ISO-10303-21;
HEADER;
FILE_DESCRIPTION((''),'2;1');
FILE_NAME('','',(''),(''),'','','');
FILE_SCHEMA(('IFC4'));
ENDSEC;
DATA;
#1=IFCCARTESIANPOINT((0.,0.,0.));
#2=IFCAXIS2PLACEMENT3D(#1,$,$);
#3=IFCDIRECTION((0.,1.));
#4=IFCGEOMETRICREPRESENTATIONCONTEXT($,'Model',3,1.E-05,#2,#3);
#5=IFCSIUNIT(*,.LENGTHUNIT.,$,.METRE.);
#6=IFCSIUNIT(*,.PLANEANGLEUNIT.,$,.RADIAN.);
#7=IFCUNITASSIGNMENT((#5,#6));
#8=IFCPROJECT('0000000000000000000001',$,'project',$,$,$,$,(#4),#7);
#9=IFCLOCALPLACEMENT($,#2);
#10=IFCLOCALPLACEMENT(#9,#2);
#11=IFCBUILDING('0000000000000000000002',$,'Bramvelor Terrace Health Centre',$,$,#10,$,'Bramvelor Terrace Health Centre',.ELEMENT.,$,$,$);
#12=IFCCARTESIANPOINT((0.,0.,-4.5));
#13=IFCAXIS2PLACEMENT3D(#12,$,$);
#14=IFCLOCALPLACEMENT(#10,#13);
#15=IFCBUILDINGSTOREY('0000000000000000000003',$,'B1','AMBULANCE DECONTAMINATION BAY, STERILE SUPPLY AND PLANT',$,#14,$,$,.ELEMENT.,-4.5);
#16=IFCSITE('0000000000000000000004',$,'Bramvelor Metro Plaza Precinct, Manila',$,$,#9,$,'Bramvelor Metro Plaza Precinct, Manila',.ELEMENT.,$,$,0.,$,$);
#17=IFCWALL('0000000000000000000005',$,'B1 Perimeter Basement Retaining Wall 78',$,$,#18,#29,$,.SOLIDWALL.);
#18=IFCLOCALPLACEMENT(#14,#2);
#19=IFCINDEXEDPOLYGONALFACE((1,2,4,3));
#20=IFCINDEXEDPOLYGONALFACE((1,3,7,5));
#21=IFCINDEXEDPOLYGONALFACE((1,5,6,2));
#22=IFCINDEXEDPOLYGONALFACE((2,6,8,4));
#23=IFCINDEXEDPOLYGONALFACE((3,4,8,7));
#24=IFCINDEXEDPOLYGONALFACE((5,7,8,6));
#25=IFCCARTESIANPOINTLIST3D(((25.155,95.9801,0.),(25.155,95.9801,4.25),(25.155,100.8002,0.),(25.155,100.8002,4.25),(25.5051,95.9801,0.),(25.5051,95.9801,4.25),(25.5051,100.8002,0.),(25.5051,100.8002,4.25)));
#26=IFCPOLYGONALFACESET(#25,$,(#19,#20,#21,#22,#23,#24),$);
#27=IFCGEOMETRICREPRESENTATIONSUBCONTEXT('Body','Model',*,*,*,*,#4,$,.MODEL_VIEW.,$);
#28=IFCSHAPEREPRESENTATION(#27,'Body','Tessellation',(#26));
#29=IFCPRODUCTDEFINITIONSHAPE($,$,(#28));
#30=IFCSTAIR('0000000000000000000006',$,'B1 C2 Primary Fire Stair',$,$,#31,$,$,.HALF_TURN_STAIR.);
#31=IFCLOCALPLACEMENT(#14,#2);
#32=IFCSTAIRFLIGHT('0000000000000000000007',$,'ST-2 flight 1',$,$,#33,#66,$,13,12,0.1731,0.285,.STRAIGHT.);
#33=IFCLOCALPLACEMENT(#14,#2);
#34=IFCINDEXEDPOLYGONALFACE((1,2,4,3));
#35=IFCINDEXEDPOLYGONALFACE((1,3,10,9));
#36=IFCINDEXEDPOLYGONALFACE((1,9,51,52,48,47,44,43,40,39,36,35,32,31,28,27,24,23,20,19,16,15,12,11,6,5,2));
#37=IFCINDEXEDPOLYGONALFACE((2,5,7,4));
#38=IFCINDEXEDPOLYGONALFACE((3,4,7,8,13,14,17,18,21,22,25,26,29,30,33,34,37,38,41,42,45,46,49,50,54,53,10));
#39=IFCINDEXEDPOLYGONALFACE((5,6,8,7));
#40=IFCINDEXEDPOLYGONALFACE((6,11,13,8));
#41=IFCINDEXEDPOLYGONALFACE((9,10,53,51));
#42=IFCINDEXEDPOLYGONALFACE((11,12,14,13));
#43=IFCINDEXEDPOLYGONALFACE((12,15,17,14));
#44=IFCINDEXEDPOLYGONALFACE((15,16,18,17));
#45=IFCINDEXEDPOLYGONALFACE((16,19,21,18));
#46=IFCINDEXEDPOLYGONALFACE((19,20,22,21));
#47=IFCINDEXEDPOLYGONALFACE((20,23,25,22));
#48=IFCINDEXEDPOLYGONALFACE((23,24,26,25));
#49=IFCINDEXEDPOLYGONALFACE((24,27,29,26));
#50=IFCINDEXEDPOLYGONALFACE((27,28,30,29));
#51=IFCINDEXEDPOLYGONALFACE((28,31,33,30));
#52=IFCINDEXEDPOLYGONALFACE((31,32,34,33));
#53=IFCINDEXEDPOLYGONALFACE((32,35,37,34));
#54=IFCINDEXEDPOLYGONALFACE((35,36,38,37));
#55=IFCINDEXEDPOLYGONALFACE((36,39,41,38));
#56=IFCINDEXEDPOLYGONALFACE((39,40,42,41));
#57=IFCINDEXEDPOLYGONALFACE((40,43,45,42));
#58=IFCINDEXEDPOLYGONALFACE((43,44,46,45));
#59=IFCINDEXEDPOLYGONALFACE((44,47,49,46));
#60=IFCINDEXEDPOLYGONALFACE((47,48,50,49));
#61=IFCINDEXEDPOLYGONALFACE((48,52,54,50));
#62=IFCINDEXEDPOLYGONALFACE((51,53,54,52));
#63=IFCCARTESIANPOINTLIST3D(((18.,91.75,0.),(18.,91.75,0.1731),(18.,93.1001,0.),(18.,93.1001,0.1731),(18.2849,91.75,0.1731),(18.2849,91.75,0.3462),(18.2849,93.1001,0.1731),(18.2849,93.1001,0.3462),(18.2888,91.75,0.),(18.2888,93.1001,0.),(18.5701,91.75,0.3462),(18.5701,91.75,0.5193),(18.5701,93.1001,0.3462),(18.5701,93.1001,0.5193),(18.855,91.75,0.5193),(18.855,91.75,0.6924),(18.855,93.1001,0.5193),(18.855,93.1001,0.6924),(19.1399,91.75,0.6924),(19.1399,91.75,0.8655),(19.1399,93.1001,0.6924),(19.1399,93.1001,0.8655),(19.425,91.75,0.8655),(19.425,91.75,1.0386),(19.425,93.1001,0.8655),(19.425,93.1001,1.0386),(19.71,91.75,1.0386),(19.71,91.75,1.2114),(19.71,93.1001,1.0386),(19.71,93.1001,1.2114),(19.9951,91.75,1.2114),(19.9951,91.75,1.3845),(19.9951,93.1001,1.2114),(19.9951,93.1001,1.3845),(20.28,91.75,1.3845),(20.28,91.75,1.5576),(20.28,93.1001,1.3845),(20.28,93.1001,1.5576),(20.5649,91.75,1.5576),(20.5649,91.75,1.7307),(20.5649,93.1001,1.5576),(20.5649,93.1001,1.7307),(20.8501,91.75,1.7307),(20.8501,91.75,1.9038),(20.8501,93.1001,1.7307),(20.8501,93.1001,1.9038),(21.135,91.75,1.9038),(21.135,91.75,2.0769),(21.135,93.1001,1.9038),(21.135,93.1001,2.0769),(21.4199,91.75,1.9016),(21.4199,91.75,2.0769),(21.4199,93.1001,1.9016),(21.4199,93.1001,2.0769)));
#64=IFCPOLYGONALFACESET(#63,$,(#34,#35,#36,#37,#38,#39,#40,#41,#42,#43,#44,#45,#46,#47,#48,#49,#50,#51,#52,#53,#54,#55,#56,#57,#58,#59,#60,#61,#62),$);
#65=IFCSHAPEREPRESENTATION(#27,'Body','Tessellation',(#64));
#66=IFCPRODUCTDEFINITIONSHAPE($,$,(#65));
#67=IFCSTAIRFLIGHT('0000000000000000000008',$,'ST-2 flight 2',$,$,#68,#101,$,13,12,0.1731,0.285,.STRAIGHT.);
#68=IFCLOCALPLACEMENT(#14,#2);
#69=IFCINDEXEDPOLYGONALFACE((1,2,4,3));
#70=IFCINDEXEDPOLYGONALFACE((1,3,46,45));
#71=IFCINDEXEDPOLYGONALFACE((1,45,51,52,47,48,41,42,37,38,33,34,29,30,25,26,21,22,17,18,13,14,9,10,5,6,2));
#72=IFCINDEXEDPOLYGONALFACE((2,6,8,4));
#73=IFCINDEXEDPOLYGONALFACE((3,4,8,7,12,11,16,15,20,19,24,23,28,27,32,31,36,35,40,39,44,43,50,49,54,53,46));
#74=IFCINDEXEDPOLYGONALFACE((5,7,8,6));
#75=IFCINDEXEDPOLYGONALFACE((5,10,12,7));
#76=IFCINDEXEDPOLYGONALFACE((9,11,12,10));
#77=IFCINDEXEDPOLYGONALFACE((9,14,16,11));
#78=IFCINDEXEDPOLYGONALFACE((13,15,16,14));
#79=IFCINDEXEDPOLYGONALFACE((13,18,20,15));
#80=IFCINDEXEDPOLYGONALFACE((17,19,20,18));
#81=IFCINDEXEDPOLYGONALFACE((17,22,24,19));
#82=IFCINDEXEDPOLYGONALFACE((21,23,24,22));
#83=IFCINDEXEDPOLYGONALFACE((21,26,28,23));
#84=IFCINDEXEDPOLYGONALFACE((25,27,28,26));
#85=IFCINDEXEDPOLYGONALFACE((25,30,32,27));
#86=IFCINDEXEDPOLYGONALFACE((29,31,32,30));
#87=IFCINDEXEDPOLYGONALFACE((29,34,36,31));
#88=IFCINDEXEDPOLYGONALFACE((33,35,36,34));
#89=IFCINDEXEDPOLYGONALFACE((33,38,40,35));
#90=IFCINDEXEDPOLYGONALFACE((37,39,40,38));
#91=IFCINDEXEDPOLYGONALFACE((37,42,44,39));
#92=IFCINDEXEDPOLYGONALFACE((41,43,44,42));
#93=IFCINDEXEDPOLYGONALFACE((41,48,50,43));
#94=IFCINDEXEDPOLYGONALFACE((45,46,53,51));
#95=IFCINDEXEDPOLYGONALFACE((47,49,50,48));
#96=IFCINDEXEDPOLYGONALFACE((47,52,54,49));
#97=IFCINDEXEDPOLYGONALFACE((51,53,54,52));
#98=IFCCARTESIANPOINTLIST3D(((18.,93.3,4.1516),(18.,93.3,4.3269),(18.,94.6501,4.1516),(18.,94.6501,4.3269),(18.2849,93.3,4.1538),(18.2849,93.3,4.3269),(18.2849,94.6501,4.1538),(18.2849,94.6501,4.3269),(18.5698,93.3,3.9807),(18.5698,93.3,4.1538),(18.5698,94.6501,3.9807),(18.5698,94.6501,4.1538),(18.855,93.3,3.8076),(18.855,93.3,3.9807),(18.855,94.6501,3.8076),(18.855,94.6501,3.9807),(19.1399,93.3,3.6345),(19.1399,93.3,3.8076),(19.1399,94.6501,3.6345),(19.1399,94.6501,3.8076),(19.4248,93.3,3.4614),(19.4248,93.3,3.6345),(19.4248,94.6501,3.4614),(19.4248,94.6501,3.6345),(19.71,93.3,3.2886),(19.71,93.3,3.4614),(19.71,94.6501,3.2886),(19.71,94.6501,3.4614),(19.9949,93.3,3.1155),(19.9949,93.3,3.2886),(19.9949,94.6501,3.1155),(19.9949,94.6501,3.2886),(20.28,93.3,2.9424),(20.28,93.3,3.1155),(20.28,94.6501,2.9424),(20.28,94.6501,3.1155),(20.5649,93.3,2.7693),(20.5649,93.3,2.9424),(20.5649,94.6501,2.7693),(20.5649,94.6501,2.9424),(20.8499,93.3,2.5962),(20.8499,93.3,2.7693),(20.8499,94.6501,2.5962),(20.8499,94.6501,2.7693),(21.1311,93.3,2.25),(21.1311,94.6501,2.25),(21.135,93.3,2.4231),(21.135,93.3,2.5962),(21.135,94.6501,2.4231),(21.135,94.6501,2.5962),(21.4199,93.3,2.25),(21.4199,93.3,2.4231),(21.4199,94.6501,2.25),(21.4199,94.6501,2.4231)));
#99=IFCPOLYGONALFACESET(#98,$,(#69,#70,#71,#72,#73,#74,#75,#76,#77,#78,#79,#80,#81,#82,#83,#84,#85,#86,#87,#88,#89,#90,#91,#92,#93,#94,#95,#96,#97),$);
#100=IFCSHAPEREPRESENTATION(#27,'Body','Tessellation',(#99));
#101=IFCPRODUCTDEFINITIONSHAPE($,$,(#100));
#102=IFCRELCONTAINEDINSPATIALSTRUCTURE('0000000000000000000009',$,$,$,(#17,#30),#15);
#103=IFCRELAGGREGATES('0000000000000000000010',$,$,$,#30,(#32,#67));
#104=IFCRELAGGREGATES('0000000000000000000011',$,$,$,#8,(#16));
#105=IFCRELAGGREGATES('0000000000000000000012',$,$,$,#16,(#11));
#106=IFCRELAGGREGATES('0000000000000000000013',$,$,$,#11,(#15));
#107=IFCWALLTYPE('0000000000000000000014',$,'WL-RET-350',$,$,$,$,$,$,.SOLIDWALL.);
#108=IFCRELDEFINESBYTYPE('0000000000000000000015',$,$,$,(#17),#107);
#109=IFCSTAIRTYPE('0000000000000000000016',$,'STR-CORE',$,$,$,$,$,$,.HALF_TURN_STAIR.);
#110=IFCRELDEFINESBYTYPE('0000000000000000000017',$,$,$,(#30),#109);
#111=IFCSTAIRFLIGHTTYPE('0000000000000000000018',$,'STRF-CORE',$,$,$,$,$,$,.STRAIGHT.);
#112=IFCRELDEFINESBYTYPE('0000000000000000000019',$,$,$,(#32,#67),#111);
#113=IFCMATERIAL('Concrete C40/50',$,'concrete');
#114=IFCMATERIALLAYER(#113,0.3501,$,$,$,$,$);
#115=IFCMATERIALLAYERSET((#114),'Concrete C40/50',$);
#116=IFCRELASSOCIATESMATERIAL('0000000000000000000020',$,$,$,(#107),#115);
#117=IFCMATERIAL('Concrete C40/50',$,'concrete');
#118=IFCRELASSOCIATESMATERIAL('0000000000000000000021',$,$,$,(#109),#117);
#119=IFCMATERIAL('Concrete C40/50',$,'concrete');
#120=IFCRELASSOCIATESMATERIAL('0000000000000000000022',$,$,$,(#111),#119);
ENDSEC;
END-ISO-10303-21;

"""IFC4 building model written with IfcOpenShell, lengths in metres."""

from ifc_helpers import new_model, si_unit, direction, frame, frame_2d, origin, place, context, subcontext, project, spatial, polyline, rectangle, outline, extrude, material, layer, layer_set, type_object, element, aggregate, save


model = new_model("IFC4")

# Units and contexts
model_context = context("Model", 3, precision=1e-05, world=origin(), true_north=direction((0.0, 1.0)))
body_context = subcontext(model_context, "Body", "Model", "MODEL_VIEW")
ifc_project = project(units=[si_unit("LENGTHUNIT", "METRE"), si_unit("PLANEANGLEUNIT", "RADIAN")], contexts=[model_context])

# Site, building, storey
site_placement = place(None, origin())
site = spatial("IfcSite", under=ifc_project, at=site_placement, Name="Bramvelor Metro Plaza Precinct, Manila", LongName="Bramvelor Metro Plaza Precinct, Manila", CompositionType="ELEMENT", RefElevation=0.0)
building_placement = place(site_placement, origin())
building = spatial("IfcBuilding", under=site, at=building_placement, Name="Bramvelor Terrace Health Centre", LongName="Bramvelor Terrace Health Centre", CompositionType="ELEMENT")
storey_placement = place(building_placement, frame((0.0, 0.0, -4.5)))
storey = spatial("IfcBuildingStorey", under=building, at=storey_placement, Name="B1", Description="AMBULANCE DECONTAMINATION BAY, STERILE SUPPLY AND PLANT", CompositionType="ELEMENT", Elevation=-4.5)

# Wall
ifc_material_1 = material(Name="Concrete C40/50", Category="concrete")
ifc_layer_1 = layer(ifc_material_1, 0.3501)
ifc_layer_set_1 = layer_set([ifc_layer_1], Name="Concrete C40/50")
wall_type_1 = type_object("IfcWallType", Name="WL-RET-350", PredefinedType="SOLIDWALL", material=ifc_layer_set_1)
wall_1_placement = place(storey_placement, frame((25.3301, 95.98, 0.0), z_axis=(0.0, 0.0, 1.0), x_axis=(0.0, 1.0, 0.0)))
element("IfcWall", 1, at=wall_1_placement, inside=storey, type_object=wall_type_1, Name="B1 Perimeter Basement Retaining Wall 78", PredefinedType="SOLIDWALL", context=body_context, shape_type="SweptSolid", body=[
    extrude(rectangle(XDim=4.8201, YDim=0.3501, at=frame_2d((2.4102, 0.0))), origin(), (0.0, 0.0, 1.0), 4.25),
])

# Stair, stair flights
ifc_material_2 = material(Name="Concrete C40/50", Category="concrete")
stair_type = type_object("IfcStairType", Name="STR-CORE", PredefinedType="HALF_TURN_STAIR", material=ifc_material_2)
stair_placement = place(storey_placement, origin())
stair = element("IfcStair", 2, at=stair_placement, inside=storey, type_object=stair_type, Name="B1 C2 Primary Fire Stair", PredefinedType="HALF_TURN_STAIR")
ifc_material_3 = material(Name="Concrete C40/50", Category="concrete")
stair_flight_type = type_object("IfcStairFlightType", Name="STRF-CORE", PredefinedType="STRAIGHT", material=ifc_material_3)
stair_flight_1_placement = place(storey_placement, frame((18.0, 92.425, 0.0), z_axis=(0.0, 0.0, 1.0), x_axis=(1.0, 0.0, 0.0)))
stair_flight_1 = element("IfcStairFlight", 3, at=stair_flight_1_placement, type_object=stair_flight_type, Name="ST-2 flight 1", NumberOfRisers=13, NumberOfTreads=12, PredefinedType="STRAIGHT", RiserHeight=0.1731, TreadLength=0.285, context=body_context, shape_type="SweptSolid", body=[
    extrude(outline(polyline([(0.0, 0.0), (0.0, 0.1731), (0.2849, 0.1731), (0.2849, 0.3462), (0.5701, 0.3462), (0.5701, 0.5193), (0.855, 0.5193), (0.855, 0.6924), (1.1399, 0.6924), (1.1399, 0.8655), (1.425, 0.8655), (1.425, 1.0386), (1.71, 1.0386), (1.71, 1.2114), (1.9951, 1.2114), (1.9951, 1.3845), (2.28, 1.3845), (2.28, 1.5576), (2.5649, 1.5576), (2.5649, 1.7307), (2.8501, 1.7307), (2.8501, 1.9038), (3.135, 1.9038), (3.135, 2.0769), (3.4199, 2.0769), (3.4199, 2.25), (3.4199, 1.9016), (0.2888, 0.0), (0.0, 0.0)])), frame((0.0, 0.675, 0.0), z_axis=(0.0, -1.0, 0.0), x_axis=(1.0, 0.0, 0.0)), (0.0, 0.0, 1.0), 1.3501),
])
stair_flight_2_placement = place(storey_placement, frame((21.4199, 93.9751, 2.25), z_axis=(0.0, 0.0, 1.0), x_axis=(-1.0, 0.0, 0.0)))
stair_flight_2 = element("IfcStairFlight", 4, at=stair_flight_2_placement, type_object=stair_flight_type, Name="ST-2 flight 2", NumberOfRisers=13, NumberOfTreads=12, PredefinedType="STRAIGHT", RiserHeight=0.1731, TreadLength=0.285, context=body_context, shape_type="SweptSolid", body=[
    extrude(outline(polyline([(0.0, 0.0), (0.0, 0.1731), (0.2849, 0.1731), (0.2849, 0.3462), (0.5701, 0.3462), (0.5701, 0.5193), (0.855, 0.5193), (0.855, 0.6924), (1.1399, 0.6924), (1.1399, 0.8655), (1.425, 0.8655), (1.425, 1.0386), (1.71, 1.0386), (1.71, 1.2114), (1.9951, 1.2114), (1.9951, 1.3845), (2.28, 1.3845), (2.28, 1.5576), (2.5649, 1.5576), (2.5649, 1.7307), (2.8501, 1.7307), (2.8501, 1.9038), (3.135, 1.9038), (3.135, 2.0769), (3.4199, 2.0769), (3.4199, 2.25), (3.4199, 1.9016), (0.2888, 0.0), (0.0, 0.0)])), frame((0.0, 0.675, 0.0), z_axis=(0.0, -1.0, 0.0), x_axis=(1.0, 0.0, 0.0)), (0.0, 0.0, 1.0), 1.3501),
])
aggregate(stair, [stair_flight_1, stair_flight_2])

save(model, "model.ifc")
